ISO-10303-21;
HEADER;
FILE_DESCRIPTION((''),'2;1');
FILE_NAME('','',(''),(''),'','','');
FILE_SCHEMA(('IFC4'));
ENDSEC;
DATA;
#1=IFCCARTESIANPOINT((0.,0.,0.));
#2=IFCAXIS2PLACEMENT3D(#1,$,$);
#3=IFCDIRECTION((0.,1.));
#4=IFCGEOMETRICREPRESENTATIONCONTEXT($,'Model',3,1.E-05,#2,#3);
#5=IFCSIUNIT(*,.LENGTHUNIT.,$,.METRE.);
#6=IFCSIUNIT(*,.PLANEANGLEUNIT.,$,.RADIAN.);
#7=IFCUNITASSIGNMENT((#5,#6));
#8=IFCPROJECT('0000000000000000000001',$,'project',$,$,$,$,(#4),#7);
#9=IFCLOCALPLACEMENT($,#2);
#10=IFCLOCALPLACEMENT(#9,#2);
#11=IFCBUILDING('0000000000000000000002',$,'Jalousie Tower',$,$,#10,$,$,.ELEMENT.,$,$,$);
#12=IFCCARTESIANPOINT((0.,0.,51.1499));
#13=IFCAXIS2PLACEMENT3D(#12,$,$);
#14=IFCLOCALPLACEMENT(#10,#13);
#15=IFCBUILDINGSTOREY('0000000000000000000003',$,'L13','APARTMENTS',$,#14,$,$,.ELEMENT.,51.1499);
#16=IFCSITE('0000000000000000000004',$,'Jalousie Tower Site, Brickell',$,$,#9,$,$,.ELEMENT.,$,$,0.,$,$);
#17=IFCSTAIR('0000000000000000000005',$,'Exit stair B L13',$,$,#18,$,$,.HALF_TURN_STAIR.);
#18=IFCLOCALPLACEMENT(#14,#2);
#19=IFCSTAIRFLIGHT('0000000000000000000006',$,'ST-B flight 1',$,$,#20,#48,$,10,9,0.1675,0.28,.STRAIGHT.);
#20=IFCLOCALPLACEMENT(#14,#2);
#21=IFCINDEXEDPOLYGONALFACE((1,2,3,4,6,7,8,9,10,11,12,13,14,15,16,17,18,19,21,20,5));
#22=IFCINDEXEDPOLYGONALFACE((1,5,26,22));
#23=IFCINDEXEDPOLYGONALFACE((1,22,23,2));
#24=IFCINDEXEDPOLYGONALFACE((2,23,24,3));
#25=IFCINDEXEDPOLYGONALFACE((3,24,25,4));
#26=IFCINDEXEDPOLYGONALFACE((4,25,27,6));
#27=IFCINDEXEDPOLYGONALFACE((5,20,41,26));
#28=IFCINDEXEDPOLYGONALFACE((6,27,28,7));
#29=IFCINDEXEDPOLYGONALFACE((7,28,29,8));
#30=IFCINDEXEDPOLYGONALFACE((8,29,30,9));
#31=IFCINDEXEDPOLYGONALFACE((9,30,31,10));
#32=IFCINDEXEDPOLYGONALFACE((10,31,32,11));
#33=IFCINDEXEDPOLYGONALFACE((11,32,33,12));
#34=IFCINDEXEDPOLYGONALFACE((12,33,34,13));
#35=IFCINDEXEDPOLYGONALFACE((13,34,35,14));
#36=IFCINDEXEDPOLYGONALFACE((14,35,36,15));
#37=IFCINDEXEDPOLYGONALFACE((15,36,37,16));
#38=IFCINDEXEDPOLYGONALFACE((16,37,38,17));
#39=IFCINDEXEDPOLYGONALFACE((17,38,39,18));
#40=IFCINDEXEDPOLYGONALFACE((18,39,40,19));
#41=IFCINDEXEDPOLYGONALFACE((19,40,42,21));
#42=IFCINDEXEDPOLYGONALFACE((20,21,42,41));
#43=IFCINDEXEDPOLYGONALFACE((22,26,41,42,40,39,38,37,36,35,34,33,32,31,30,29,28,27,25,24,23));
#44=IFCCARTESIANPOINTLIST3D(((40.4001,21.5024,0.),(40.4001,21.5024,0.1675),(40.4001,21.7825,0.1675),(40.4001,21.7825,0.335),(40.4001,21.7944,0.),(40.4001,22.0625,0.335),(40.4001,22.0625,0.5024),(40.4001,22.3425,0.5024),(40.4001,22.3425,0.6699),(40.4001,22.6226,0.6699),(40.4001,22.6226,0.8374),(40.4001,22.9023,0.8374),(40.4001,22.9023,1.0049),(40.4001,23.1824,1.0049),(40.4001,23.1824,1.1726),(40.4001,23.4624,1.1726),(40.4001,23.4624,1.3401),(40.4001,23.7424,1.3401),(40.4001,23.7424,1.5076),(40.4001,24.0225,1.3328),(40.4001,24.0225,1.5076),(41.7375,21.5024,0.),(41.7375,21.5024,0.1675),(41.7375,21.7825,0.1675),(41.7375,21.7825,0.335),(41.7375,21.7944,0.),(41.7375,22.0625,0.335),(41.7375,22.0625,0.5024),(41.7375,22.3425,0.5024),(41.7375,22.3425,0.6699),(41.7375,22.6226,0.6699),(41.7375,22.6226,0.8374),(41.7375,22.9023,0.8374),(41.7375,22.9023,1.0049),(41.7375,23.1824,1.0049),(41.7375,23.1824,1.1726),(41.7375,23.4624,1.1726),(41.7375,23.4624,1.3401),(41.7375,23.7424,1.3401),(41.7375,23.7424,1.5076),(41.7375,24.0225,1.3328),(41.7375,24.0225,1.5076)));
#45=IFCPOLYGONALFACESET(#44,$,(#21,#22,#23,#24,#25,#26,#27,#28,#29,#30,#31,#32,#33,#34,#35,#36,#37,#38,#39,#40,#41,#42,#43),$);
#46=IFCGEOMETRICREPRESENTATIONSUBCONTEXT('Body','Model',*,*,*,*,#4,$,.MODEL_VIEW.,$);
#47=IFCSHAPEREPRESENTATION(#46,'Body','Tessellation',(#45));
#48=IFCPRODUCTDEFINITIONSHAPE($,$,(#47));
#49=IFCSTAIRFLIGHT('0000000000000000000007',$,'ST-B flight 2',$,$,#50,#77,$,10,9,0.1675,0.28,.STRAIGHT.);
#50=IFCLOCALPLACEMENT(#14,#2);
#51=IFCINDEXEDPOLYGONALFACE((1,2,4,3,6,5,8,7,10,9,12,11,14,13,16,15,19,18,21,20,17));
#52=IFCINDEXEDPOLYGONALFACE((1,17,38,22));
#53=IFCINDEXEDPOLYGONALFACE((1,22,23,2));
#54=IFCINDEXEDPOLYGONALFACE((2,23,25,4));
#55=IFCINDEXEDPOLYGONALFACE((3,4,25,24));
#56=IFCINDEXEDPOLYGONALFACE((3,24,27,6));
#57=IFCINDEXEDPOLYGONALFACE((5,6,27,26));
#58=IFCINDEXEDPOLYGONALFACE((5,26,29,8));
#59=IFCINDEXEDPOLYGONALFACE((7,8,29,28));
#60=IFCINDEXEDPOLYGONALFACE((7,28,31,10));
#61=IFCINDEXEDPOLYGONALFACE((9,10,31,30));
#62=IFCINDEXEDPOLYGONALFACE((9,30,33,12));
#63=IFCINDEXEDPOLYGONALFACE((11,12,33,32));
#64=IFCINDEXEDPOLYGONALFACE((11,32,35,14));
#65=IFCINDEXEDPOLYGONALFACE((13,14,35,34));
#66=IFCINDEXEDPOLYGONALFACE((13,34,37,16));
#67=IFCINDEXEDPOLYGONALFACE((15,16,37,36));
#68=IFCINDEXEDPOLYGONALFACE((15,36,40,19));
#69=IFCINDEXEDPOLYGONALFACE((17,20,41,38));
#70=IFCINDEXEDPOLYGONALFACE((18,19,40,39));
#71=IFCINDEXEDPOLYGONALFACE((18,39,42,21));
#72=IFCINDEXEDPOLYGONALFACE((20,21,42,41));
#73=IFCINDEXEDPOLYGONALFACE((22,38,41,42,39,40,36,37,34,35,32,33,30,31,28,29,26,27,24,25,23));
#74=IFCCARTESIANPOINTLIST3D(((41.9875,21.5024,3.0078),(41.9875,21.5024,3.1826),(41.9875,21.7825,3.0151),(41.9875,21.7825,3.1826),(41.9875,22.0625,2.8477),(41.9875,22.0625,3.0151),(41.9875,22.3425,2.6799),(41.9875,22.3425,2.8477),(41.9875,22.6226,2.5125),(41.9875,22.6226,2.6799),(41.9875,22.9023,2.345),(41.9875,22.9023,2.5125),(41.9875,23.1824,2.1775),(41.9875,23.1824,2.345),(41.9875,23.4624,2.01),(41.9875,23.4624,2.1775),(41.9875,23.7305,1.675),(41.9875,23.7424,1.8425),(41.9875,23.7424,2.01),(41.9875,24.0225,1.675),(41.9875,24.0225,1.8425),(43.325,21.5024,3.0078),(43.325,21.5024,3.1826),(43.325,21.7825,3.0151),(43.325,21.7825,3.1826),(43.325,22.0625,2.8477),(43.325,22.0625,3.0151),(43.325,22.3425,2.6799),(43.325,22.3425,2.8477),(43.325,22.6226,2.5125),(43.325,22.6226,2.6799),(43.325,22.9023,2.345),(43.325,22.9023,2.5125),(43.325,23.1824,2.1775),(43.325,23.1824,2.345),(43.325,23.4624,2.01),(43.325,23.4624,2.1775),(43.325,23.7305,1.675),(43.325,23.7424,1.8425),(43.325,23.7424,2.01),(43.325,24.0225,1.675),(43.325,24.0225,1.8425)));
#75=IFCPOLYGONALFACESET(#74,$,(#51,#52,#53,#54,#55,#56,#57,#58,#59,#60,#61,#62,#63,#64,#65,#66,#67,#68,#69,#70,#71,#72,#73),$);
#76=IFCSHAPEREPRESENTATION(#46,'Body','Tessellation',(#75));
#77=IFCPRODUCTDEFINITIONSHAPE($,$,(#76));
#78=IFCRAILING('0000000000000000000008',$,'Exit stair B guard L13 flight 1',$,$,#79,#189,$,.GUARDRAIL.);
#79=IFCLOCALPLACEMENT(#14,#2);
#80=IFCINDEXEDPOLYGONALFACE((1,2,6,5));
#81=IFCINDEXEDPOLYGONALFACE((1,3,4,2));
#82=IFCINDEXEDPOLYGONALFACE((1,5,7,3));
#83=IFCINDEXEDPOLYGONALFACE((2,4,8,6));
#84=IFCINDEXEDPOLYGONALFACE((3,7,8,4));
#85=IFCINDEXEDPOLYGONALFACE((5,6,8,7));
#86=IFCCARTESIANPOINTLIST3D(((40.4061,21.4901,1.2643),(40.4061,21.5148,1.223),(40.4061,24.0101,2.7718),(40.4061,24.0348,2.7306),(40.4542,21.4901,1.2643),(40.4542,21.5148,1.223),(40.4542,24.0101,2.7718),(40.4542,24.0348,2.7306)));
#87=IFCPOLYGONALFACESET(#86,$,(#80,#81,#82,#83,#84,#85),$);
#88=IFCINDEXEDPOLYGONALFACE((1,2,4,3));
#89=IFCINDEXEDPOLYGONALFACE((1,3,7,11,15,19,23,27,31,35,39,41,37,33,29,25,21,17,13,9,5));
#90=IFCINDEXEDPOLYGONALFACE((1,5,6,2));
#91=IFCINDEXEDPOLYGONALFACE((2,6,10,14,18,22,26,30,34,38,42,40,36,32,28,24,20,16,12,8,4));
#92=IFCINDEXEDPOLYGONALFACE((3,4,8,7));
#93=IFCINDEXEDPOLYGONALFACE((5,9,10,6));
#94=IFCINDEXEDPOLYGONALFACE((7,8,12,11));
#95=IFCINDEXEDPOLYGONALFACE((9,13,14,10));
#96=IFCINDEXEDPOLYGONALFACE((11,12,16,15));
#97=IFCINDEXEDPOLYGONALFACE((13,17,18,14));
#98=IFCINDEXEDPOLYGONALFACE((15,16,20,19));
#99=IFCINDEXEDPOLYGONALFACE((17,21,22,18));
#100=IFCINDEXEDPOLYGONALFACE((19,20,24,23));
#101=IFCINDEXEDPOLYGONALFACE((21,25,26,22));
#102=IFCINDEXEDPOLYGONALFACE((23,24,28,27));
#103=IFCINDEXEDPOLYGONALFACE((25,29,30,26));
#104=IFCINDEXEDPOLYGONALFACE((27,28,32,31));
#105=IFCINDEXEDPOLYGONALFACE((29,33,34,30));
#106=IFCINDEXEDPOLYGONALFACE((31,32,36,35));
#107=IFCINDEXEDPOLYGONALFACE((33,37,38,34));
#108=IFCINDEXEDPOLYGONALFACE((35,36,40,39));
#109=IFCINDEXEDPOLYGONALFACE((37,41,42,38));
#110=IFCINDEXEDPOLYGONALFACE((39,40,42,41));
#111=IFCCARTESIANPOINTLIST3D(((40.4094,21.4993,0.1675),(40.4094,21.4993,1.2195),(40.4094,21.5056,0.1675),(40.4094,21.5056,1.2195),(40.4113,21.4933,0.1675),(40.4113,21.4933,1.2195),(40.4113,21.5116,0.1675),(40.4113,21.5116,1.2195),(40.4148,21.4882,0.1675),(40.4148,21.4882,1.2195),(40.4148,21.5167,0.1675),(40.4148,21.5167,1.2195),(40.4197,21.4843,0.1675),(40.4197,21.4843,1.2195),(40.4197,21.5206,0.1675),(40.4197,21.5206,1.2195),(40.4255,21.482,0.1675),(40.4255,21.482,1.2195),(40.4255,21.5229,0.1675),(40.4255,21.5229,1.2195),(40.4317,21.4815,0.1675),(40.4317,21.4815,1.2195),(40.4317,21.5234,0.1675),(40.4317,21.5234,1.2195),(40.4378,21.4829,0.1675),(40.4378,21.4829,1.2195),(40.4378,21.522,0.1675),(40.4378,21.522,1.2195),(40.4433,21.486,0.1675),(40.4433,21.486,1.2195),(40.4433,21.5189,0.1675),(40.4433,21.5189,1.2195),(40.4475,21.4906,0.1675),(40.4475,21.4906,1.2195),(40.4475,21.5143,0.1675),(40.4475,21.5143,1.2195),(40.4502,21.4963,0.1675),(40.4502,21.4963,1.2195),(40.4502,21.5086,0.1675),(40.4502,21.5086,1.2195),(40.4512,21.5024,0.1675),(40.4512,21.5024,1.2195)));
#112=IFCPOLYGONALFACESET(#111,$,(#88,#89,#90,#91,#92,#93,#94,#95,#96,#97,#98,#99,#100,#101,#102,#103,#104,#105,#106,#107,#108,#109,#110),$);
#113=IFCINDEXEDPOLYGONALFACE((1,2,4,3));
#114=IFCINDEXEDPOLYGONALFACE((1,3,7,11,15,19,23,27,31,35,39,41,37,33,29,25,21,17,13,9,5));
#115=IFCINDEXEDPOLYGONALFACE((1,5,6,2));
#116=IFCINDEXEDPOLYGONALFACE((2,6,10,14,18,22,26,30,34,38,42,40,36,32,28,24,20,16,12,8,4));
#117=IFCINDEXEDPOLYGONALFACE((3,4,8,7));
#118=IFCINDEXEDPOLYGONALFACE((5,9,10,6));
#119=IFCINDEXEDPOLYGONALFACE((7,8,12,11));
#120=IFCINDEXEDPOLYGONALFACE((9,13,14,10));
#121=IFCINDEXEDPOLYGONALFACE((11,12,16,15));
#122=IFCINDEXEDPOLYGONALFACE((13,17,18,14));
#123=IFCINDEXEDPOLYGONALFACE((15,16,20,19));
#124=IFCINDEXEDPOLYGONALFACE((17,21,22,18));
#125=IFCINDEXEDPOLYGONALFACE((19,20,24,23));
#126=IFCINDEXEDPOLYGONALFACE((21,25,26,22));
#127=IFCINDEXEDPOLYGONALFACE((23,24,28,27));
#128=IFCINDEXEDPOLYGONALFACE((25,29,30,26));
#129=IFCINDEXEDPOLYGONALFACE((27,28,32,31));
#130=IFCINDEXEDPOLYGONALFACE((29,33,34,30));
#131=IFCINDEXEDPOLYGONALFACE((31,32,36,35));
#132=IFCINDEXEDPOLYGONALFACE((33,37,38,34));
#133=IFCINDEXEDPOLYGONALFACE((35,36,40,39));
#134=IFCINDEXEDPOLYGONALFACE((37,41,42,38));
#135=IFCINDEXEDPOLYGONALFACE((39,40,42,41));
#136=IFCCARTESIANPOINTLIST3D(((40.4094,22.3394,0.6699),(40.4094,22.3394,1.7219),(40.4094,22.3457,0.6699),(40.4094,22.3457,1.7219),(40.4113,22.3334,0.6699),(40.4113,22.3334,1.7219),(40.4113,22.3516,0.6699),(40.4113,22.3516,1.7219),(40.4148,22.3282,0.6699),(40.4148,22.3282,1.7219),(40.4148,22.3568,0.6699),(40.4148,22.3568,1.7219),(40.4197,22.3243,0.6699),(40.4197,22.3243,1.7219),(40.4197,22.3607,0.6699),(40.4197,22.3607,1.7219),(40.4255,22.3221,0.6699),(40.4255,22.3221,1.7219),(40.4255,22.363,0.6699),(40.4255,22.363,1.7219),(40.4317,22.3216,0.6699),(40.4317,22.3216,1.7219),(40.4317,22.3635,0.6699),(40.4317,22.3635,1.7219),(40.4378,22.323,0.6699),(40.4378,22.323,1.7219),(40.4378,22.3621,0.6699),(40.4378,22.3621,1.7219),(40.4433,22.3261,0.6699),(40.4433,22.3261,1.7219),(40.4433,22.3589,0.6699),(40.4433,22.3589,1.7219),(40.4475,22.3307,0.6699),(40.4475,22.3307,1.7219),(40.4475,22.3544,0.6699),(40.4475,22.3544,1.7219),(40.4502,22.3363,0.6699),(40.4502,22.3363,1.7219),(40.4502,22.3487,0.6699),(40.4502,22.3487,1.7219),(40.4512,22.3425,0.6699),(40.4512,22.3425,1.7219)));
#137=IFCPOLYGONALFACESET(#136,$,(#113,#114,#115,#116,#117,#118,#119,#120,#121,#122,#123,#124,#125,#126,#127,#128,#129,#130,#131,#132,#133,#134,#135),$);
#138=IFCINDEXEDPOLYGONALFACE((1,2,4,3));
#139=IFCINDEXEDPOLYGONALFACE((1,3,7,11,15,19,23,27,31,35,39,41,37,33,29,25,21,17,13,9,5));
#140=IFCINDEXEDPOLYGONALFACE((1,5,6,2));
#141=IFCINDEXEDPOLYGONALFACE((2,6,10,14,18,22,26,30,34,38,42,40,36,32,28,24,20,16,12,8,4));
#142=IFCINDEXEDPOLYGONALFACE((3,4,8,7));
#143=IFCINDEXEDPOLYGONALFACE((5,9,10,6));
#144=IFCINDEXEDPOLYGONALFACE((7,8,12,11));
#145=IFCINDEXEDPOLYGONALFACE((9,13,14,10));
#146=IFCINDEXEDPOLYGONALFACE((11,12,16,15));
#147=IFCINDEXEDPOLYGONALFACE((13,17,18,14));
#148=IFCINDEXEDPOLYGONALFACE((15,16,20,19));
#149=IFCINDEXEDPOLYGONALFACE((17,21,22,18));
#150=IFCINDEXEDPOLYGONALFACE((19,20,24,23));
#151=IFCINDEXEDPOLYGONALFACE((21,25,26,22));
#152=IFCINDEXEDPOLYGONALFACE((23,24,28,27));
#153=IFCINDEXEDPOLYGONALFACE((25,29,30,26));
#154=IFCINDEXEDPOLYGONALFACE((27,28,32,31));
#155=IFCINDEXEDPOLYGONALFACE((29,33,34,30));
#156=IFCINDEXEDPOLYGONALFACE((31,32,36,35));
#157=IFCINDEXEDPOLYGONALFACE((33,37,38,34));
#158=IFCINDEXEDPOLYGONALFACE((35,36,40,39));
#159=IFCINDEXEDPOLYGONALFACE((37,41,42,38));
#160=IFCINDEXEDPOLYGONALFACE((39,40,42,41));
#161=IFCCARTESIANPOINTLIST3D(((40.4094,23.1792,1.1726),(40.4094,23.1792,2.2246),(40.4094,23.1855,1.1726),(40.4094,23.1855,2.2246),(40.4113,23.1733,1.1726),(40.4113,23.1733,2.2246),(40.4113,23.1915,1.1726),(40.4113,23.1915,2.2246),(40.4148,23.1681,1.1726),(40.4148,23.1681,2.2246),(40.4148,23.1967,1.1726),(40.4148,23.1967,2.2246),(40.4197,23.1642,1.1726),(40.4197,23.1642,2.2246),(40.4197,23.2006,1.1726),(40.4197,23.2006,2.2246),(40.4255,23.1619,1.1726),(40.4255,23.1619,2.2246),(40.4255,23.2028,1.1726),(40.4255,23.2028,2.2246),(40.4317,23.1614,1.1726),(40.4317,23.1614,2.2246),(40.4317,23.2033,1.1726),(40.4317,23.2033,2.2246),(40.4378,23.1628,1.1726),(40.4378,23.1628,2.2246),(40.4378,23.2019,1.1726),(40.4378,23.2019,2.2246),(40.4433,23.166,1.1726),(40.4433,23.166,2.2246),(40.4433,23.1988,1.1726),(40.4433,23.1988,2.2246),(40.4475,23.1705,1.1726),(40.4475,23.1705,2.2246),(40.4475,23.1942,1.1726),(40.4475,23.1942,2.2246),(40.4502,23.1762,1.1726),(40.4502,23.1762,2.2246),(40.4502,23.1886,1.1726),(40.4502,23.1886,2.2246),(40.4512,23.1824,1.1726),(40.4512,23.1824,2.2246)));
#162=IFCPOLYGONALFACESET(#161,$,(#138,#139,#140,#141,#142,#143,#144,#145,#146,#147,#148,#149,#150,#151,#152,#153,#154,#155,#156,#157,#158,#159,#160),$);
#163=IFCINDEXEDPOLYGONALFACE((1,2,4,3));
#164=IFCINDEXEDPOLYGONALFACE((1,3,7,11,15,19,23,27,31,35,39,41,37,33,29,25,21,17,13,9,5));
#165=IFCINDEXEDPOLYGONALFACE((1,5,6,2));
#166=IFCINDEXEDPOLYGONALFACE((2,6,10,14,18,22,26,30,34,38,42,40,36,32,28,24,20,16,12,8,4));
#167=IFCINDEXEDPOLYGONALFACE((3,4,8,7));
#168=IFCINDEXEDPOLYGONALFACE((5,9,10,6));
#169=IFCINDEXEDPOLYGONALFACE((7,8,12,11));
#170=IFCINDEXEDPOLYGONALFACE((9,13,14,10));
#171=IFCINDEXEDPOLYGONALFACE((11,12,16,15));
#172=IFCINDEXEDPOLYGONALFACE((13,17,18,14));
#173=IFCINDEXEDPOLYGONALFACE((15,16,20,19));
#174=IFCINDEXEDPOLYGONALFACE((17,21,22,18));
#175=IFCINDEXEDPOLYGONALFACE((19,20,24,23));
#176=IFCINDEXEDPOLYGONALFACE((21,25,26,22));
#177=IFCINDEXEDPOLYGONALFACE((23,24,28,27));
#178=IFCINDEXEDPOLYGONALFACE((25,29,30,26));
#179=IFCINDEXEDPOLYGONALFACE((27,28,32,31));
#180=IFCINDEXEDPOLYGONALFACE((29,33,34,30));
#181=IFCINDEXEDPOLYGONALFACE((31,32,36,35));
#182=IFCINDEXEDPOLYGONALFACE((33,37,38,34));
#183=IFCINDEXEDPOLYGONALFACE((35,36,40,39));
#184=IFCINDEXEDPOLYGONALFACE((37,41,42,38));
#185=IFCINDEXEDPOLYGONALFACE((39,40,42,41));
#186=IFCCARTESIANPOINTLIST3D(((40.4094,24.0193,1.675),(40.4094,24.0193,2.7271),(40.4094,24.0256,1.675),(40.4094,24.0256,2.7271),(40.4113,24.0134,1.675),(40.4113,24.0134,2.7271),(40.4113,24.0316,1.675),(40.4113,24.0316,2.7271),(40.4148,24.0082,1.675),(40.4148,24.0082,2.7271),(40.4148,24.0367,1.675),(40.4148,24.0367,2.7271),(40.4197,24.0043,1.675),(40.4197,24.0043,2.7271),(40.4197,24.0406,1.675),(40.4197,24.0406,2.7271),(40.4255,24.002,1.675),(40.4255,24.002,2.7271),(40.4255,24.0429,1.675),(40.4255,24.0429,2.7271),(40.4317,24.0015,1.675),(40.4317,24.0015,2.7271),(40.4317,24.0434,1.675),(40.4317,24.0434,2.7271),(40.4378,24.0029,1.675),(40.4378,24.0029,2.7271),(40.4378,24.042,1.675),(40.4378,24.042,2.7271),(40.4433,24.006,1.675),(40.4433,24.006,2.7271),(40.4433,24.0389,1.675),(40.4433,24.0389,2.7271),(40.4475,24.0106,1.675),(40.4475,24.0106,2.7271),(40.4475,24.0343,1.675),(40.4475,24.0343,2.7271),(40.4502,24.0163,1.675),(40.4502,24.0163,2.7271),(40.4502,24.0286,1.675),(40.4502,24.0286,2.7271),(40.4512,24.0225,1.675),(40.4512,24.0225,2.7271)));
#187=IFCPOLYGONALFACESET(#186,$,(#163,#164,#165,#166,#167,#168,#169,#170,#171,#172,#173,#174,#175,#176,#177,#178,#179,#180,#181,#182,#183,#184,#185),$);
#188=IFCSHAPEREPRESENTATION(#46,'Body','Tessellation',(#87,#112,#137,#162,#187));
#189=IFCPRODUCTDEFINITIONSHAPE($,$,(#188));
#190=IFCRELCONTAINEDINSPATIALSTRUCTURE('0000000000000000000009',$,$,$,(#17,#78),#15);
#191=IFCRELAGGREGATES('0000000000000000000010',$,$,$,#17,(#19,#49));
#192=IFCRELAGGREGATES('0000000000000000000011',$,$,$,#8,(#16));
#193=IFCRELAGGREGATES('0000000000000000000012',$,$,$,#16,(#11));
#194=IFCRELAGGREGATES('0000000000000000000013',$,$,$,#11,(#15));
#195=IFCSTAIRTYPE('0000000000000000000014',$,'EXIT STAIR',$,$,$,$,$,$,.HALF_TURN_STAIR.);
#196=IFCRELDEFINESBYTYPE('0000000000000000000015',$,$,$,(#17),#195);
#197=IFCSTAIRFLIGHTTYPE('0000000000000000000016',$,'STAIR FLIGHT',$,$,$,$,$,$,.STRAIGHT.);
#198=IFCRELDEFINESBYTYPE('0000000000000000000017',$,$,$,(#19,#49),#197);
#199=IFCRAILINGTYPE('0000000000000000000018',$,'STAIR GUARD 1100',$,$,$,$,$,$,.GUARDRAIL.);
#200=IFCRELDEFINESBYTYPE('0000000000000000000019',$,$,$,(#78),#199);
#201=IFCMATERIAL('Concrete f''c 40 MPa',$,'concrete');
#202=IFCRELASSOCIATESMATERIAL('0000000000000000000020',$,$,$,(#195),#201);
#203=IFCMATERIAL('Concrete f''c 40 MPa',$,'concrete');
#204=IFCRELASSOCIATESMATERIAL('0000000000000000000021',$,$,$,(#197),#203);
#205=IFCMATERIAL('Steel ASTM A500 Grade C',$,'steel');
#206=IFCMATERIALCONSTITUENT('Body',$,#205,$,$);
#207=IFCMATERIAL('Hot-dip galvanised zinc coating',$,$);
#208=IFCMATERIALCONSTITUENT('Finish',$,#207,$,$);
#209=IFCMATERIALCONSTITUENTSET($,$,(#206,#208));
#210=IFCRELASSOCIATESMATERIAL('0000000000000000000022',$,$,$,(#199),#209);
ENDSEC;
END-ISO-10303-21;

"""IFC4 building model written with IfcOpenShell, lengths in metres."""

from ifc_helpers import new_model, si_unit, direction, frame, origin, origin_2d, place, context, subcontext, project, spatial, polyline, rectangle, circle, outline, extrude, material, constituent, constituent_set, type_object, element, aggregate, save


model = new_model("IFC4")

# Units and contexts
model_context = context("Model", 3, precision=1e-05, world=origin(), true_north=direction((0.0, 1.0)))
body_context = subcontext(model_context, "Body", "Model", "MODEL_VIEW")
ifc_project = project(units=[si_unit("LENGTHUNIT", "METRE"), si_unit("PLANEANGLEUNIT", "RADIAN")], contexts=[model_context])

# Site, building, storey
site_placement = place(None, origin())
site = spatial("IfcSite", under=ifc_project, at=site_placement, Name="Jalousie Tower Site, Brickell", CompositionType="ELEMENT", RefElevation=0.0)
building_placement = place(site_placement, origin())
building = spatial("IfcBuilding", under=site, at=building_placement, Name="Jalousie Tower", CompositionType="ELEMENT")
storey_placement = place(building_placement, frame((0.0, 0.0, 51.1499)))
storey = spatial("IfcBuildingStorey", under=building, at=storey_placement, Name="L13", Description="APARTMENTS", CompositionType="ELEMENT", Elevation=51.1499)

# Stair, stair flights
ifc_material_1 = material(Name="Concrete f'c 40 MPa", Category="concrete")
stair_type = type_object("IfcStairType", Name="EXIT STAIR", PredefinedType="HALF_TURN_STAIR", material=ifc_material_1)
stair_placement = place(storey_placement, origin())
stair = element("IfcStair", 1, at=stair_placement, inside=storey, type_object=stair_type, Name="Exit stair B L13", PredefinedType="HALF_TURN_STAIR")
ifc_material_2 = material(Name="Concrete f'c 40 MPa", Category="concrete")
stair_flight_type = type_object("IfcStairFlightType", Name="STAIR FLIGHT", PredefinedType="STRAIGHT", material=ifc_material_2)
stair_flight_1_placement = place(storey_placement, frame((41.0688, 21.5024, 0.0), z_axis=(0.0, 0.0, 1.0), x_axis=(0.0, 1.0, 0.0)))
stair_flight_1 = element("IfcStairFlight", 2, at=stair_flight_1_placement, type_object=stair_flight_type, Name="ST-B flight 1", NumberOfRisers=10, NumberOfTreads=9, PredefinedType="STRAIGHT", RiserHeight=0.1675, TreadLength=0.28, context=body_context, shape_type="SweptSolid", body=[
    extrude(outline(polyline([(0.0, 0.0), (0.0, 0.1675), (0.28, 0.1675), (0.28, 0.335), (0.5601, 0.335), (0.5601, 0.5024), (0.8401, 0.5024), (0.8401, 0.6699), (1.1201, 0.6699), (1.1201, 0.8374), (1.3999, 0.8374), (1.3999, 1.0049), (1.6799, 1.0049), (1.6799, 1.1726), (1.96, 1.1726), (1.96, 1.3401), (2.24, 1.3401), (2.24, 1.5076), (2.52, 1.5076), (2.52, 1.675), (2.52, 1.3328), (0.292, 0.0), (0.0, 0.0)])), frame((0.0, 0.6687, 0.0), z_axis=(0.0, -1.0, 0.0), x_axis=(1.0, 0.0, 0.0)), (0.0, 0.0, 1.0), 1.3374),
])
stair_flight_2_placement = place(storey_placement, frame((42.6562, 24.0225, 1.675), z_axis=(0.0, 0.0, 1.0), x_axis=(0.0, -1.0, 0.0)))
stair_flight_2 = element("IfcStairFlight", 3, at=stair_flight_2_placement, type_object=stair_flight_type, Name="ST-B flight 2", NumberOfRisers=10, NumberOfTreads=9, PredefinedType="STRAIGHT", RiserHeight=0.1675, TreadLength=0.28, context=body_context, shape_type="SweptSolid", body=[
    extrude(outline(polyline([(0.0, 0.0), (0.0, 0.1675), (0.28, 0.1675), (0.28, 0.335), (0.5601, 0.335), (0.5601, 0.5024), (0.8401, 0.5024), (0.8401, 0.6699), (1.1201, 0.6699), (1.1201, 0.8374), (1.3999, 0.8374), (1.3999, 1.0049), (1.6799, 1.0049), (1.6799, 1.1726), (1.96, 1.1726), (1.96, 1.3401), (2.24, 1.3401), (2.24, 1.5076), (2.52, 1.5076), (2.52, 1.675), (2.52, 1.3328), (0.292, 0.0), (0.0, 0.0)])), frame((0.0, 0.6687, 0.0), z_axis=(0.0, -1.0, 0.0), x_axis=(1.0, 0.0, 0.0)), (0.0, 0.0, 1.0), 1.3374),
])
aggregate(stair, [stair_flight_1, stair_flight_2])

# Railing
ifc_material_3 = material(Name="Steel ASTM A500 Grade C", Category="steel")
ifc_constituent_1 = constituent(ifc_material_3, Name="Body")
ifc_material_4 = material(Name="Hot-dip galvanised zinc coating")
ifc_constituent_2 = constituent(ifc_material_4, Name="Finish")
ifc_constituent_set_1 = constituent_set(constituents=[ifc_constituent_1, ifc_constituent_2])
railing_type_1 = type_object("IfcRailingType", Name="STAIR GUARD 1100", PredefinedType="GUARDRAIL", material=ifc_constituent_set_1)
railing_1_placement = place(storey_placement, frame((40.4302, 21.5024, 0.1675)))
element("IfcRailing", 4, at=railing_1_placement, inside=storey, type_object=railing_type_1, Name="Exit stair B guard L13 flight 1", PredefinedType="GUARDRAIL", context=body_context, shape_type="SweptSolid", body=[
    extrude(rectangle(XDim=0.0481, YDim=0.0481, at=origin_2d()), frame((0.0, 0.0, 1.0762), z_axis=(0.0, 0.85816, 0.513383), x_axis=(-1.0, 0.0, 0.0)), (0.0, 0.0, 1.0), 2.9365),
    extrude(circle(Radius=0.021, at=origin_2d()), origin(), (0.0, 0.0, 1.0), 1.052),
    extrude(circle(Radius=0.021, at=origin_2d()), frame((0.0, 0.8401, 0.5024)), (0.0, 0.0, 1.0), 1.052),
    extrude(circle(Radius=0.021, at=origin_2d()), frame((0.0, 1.6799, 1.0051)), (0.0, 0.0, 1.0), 1.052),
    extrude(circle(Radius=0.021, at=origin_2d()), frame((0.0, 2.52, 1.5076)), (0.0, 0.0, 1.0), 1.052),
])

save(model, "model.ifc")
